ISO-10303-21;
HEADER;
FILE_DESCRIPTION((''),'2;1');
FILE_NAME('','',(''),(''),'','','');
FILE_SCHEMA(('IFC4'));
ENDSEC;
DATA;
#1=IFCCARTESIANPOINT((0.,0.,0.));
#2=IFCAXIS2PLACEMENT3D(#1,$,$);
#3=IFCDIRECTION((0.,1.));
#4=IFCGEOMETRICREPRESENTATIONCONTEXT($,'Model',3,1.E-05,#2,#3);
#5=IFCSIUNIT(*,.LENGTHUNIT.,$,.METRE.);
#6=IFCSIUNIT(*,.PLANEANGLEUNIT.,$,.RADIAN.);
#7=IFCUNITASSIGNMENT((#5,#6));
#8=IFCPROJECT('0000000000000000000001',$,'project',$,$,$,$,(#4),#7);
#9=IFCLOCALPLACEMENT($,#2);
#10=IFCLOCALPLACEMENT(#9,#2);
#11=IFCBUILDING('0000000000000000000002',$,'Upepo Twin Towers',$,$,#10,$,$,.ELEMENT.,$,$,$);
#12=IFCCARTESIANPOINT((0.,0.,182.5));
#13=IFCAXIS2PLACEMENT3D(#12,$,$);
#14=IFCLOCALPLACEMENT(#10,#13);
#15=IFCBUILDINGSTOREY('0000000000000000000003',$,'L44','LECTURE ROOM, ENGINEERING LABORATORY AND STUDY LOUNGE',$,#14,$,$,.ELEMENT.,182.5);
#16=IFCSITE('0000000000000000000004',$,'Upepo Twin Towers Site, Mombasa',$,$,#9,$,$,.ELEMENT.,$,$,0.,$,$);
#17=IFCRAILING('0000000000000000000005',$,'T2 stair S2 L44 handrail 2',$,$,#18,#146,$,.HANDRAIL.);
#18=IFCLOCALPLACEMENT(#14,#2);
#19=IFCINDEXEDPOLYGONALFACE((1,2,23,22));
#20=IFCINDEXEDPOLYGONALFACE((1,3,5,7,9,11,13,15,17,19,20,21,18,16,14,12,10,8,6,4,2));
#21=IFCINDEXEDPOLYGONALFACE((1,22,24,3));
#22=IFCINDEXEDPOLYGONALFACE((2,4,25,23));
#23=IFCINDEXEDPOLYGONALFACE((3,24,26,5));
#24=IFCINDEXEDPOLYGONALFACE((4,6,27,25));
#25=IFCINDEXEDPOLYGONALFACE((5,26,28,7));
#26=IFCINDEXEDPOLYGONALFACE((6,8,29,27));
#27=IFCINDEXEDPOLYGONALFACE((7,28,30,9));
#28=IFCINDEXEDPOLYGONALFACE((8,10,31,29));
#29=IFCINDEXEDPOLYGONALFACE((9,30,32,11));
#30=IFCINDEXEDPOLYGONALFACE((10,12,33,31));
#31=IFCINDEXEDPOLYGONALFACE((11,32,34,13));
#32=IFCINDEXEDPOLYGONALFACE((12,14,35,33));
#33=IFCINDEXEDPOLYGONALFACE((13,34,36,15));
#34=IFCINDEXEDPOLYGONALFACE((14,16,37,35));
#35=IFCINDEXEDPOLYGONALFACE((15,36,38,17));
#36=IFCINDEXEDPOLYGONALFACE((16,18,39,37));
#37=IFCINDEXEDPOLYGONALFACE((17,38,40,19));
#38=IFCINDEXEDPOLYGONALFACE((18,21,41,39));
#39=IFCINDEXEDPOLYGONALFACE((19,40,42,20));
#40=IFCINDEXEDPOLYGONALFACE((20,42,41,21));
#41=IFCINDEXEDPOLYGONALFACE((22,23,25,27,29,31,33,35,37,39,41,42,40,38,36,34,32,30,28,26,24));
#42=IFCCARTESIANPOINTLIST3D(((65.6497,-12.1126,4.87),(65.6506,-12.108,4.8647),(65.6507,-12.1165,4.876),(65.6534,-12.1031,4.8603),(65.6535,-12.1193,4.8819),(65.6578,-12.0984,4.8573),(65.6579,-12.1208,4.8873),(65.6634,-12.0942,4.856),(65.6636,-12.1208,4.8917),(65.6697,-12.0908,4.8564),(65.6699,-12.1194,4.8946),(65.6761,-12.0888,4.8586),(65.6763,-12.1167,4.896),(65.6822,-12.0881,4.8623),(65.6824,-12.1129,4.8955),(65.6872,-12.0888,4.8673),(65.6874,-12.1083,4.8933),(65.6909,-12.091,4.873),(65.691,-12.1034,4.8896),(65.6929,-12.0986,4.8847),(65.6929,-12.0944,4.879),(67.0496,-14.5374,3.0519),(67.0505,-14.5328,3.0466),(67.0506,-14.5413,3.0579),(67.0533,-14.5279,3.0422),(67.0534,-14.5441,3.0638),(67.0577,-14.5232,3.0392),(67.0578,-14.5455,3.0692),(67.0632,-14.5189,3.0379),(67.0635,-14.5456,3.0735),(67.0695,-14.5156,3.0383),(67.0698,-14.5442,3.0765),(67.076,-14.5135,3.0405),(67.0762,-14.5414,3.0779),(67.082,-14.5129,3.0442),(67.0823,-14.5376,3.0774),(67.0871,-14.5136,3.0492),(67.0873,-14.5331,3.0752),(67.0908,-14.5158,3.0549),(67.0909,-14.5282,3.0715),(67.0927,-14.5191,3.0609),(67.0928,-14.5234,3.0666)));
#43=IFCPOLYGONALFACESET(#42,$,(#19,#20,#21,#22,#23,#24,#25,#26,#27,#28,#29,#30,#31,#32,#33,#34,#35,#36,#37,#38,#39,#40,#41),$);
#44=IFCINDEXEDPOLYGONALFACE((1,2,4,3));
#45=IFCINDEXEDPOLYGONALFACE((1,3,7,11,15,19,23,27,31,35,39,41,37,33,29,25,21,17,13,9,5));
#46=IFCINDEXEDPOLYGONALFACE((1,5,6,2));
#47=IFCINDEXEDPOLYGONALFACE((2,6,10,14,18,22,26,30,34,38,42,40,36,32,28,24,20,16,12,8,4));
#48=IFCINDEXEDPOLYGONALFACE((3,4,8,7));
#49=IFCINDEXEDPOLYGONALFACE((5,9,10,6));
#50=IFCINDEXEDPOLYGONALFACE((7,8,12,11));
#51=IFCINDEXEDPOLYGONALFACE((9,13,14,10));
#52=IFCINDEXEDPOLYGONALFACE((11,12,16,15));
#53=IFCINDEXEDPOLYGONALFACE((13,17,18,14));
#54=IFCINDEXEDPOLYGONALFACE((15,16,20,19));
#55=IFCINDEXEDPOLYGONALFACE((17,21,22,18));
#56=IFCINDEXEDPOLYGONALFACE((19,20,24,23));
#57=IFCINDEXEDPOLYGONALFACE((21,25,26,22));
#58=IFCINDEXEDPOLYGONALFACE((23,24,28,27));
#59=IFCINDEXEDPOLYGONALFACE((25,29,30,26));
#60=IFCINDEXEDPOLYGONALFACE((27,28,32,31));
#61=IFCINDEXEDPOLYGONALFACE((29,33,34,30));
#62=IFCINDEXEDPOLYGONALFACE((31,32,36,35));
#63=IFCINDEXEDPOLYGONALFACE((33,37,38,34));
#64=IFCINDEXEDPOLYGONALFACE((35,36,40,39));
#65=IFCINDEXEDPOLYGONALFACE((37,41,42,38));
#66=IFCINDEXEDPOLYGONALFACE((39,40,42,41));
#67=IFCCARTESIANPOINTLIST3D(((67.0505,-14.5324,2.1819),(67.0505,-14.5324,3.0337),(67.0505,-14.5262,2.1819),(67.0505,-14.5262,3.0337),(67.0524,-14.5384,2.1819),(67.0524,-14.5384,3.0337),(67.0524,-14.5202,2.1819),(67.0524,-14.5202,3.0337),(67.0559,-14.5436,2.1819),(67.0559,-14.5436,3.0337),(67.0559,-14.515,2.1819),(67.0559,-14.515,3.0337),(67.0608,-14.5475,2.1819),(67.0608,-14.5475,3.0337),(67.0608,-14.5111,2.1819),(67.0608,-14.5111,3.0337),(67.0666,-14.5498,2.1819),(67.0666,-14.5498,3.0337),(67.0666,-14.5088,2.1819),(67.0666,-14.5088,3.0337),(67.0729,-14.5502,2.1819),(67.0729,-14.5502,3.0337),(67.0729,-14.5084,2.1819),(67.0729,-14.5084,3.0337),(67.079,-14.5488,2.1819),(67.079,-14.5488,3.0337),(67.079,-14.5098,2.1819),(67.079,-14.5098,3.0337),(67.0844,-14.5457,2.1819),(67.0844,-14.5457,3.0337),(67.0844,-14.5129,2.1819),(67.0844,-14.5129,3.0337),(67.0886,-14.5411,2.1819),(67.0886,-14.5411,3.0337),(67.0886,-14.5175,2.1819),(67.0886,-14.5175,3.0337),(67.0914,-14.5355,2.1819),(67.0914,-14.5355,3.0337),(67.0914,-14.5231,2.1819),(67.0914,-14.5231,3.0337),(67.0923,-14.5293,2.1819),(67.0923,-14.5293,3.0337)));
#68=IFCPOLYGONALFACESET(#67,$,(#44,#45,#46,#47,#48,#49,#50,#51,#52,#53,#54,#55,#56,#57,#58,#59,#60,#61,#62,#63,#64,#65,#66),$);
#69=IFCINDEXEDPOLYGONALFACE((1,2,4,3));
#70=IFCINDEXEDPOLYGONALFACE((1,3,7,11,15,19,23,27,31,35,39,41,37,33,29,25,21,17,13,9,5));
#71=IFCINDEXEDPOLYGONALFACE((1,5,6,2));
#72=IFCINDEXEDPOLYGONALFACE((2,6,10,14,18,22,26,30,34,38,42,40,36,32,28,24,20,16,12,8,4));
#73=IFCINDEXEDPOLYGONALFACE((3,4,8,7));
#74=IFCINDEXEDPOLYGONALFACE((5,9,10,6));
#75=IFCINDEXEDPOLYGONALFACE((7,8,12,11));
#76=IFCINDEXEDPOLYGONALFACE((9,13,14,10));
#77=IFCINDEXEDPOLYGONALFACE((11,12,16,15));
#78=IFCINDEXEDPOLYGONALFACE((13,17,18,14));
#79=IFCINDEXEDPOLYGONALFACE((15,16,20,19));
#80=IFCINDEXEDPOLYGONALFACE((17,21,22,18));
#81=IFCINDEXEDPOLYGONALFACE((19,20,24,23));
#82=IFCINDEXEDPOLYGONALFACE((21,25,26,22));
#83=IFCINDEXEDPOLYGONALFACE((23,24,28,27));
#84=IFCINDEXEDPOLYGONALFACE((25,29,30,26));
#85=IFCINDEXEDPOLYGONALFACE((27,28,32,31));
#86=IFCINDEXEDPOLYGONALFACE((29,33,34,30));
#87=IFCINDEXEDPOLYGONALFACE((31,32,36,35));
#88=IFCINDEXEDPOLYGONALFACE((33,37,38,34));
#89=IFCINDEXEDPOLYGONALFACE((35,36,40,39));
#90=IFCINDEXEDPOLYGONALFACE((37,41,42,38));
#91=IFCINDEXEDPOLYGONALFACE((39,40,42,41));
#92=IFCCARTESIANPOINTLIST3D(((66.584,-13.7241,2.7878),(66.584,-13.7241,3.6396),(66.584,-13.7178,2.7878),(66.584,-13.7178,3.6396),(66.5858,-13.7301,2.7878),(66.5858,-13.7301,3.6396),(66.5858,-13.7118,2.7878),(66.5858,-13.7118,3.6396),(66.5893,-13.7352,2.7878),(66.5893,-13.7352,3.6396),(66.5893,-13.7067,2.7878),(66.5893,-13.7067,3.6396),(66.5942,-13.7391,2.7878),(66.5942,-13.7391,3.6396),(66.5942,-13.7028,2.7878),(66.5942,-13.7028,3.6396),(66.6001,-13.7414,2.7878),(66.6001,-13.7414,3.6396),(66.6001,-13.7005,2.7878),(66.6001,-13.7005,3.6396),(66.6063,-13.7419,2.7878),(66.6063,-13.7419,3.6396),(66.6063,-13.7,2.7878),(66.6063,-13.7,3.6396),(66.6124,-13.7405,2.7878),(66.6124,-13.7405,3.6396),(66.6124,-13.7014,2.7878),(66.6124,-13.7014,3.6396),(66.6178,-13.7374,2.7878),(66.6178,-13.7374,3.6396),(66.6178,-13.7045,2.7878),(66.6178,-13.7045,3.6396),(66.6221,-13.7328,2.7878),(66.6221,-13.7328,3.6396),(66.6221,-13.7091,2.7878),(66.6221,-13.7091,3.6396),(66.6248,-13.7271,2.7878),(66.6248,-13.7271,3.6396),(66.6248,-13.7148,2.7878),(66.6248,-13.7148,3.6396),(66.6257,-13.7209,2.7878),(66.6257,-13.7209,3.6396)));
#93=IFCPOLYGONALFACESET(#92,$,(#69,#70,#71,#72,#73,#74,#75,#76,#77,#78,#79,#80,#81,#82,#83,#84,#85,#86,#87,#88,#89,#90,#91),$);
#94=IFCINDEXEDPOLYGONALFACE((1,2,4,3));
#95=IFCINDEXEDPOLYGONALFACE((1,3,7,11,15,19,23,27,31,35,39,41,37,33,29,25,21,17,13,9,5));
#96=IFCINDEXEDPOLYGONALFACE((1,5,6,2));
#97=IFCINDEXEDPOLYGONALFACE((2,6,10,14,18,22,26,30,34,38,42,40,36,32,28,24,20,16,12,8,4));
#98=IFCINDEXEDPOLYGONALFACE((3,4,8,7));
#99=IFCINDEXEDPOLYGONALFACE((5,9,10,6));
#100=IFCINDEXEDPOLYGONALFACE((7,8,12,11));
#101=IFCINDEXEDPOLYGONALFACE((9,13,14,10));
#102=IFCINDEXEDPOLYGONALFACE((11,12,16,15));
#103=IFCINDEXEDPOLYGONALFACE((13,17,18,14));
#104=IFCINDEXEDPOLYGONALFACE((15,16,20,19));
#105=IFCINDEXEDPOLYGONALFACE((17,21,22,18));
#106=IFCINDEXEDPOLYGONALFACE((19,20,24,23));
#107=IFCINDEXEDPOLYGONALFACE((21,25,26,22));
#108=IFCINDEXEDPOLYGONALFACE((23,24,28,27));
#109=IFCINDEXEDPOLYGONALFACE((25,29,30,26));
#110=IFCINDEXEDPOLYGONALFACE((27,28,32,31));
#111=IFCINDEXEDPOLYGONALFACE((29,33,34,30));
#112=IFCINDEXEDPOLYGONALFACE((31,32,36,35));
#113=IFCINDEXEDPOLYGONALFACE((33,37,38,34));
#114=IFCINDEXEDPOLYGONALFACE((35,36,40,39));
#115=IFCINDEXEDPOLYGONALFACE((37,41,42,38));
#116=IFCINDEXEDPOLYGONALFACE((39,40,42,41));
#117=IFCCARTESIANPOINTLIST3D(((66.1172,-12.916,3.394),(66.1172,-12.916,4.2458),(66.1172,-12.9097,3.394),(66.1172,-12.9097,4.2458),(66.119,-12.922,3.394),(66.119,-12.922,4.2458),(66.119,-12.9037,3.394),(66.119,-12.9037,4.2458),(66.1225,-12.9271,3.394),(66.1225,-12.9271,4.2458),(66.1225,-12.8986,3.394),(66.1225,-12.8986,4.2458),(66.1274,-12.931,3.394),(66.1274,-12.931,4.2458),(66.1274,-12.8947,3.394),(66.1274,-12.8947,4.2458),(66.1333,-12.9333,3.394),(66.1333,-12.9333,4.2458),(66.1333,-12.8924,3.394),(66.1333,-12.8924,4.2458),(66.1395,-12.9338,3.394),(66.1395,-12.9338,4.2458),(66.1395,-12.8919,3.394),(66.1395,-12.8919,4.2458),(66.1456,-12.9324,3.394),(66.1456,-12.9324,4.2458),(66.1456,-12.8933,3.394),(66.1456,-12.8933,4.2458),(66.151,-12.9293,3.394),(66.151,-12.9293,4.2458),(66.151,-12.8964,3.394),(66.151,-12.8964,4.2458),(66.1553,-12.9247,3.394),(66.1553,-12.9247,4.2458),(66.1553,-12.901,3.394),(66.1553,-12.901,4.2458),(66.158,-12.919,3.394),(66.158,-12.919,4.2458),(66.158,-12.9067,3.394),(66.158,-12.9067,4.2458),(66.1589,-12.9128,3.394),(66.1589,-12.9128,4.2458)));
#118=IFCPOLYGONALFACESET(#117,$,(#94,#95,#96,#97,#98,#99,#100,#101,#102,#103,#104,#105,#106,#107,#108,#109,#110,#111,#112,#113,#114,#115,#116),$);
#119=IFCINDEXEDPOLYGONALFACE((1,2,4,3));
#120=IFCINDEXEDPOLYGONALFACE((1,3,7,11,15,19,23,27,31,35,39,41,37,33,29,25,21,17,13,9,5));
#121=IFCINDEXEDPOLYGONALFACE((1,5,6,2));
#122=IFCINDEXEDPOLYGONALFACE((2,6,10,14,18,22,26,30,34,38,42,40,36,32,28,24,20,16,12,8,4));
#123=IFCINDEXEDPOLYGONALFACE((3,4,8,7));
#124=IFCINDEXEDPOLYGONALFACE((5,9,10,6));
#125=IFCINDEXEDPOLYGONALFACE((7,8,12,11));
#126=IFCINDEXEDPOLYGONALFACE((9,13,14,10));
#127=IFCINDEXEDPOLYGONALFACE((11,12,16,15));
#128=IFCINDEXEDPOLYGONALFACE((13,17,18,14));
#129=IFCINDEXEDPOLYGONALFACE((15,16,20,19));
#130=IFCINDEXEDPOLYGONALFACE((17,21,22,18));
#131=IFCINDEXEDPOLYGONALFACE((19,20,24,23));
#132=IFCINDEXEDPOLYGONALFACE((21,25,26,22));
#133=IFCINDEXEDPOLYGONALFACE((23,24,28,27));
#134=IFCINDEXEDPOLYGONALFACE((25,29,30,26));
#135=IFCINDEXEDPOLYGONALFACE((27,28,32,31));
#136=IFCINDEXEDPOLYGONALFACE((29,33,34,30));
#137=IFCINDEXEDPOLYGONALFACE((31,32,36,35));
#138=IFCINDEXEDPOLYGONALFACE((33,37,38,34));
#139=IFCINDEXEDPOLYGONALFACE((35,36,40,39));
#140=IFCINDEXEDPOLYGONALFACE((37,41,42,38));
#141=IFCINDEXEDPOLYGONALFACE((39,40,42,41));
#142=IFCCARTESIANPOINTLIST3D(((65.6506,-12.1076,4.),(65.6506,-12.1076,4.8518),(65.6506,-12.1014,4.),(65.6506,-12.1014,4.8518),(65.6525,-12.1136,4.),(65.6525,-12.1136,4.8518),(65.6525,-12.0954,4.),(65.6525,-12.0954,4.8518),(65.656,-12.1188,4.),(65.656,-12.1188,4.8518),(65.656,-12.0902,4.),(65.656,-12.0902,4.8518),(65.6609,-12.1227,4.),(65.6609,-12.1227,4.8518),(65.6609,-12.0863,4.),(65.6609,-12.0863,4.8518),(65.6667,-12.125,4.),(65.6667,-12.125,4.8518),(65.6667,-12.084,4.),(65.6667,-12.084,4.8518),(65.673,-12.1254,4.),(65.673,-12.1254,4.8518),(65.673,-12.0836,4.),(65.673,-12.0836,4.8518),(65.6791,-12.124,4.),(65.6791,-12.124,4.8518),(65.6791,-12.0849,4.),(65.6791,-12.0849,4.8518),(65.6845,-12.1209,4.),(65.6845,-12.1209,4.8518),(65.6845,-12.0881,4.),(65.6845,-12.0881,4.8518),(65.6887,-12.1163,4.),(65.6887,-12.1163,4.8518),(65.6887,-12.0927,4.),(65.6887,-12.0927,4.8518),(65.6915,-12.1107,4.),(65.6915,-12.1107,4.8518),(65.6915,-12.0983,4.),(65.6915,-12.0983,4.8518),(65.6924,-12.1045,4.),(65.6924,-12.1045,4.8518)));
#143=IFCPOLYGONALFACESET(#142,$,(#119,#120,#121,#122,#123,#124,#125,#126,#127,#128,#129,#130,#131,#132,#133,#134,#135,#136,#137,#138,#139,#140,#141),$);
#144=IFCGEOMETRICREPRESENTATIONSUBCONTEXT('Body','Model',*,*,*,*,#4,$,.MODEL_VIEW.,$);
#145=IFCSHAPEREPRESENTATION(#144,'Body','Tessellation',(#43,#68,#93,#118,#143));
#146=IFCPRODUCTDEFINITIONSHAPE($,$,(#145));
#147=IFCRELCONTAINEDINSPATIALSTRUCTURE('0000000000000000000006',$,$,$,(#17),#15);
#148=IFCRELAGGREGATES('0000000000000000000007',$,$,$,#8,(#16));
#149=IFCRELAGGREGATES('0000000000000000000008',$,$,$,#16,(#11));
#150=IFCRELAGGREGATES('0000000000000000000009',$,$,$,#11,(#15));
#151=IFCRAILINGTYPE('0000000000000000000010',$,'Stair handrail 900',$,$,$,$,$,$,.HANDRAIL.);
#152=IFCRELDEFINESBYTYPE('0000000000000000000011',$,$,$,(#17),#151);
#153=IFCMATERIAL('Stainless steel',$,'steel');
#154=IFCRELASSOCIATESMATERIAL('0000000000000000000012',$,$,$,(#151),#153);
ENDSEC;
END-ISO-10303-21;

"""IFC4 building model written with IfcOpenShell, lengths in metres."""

from ifc_helpers import new_model, si_unit, direction, frame, origin, origin_2d, place, context, subcontext, project, spatial, circle, extrude, material, type_object, element, save


model = new_model("IFC4")

# Units and contexts
model_context = context("Model", 3, precision=1e-05, world=origin(), true_north=direction((0.0, 1.0)))
body_context = subcontext(model_context, "Body", "Model", "MODEL_VIEW")
ifc_project = project(units=[si_unit("LENGTHUNIT", "METRE"), si_unit("PLANEANGLEUNIT", "RADIAN")], contexts=[model_context])

# Site, building, storey
site_placement = place(None, origin())
site = spatial("IfcSite", under=ifc_project, at=site_placement, Name="Upepo Twin Towers Site, Mombasa", CompositionType="ELEMENT", RefElevation=0.0)
building_placement = place(site_placement, origin())
building = spatial("IfcBuilding", under=site, at=building_placement, Name="Upepo Twin Towers", CompositionType="ELEMENT")
storey_placement = place(building_placement, frame((0.0, 0.0, 182.5)))
storey = spatial("IfcBuildingStorey", under=building, at=storey_placement, Name="L44", Description="LECTURE ROOM, ENGINEERING LABORATORY AND STUDY LOUNGE", CompositionType="ELEMENT", Elevation=182.5)

# Railing
ifc_material_1 = material(Name="Stainless steel", Category="steel")
railing_type = type_object("IfcRailingType", Name="Stair handrail 900", PredefinedType="HANDRAIL", material=ifc_material_1)
railing_1_placement = place(storey_placement, frame((67.0713, -14.5293, 2.1819)))
element("IfcRailing", 1, at=railing_1_placement, inside=storey, type_object=railing_type, Name="T2 stair S2 L44 handrail 2", PredefinedType="HANDRAIL", context=body_context, shape_type="SweptSolid", body=[
    extrude(circle(Radius=0.0239, at=origin_2d()), frame((0.0, 0.0, 0.876), z_axis=(-0.419333, 0.726336, 0.544606), x_axis=(-0.866035, -0.499984, 0.0)), (0.0, 0.0, 1.0), 3.3384),
    extrude(circle(Radius=0.021, at=origin_2d()), origin(), (0.0, 0.0, 1.0), 0.8518),
    extrude(circle(Radius=0.021, at=origin_2d()), frame((-0.4666, 0.8083, 0.606)), (0.0, 0.0, 1.0), 0.8518),
    extrude(circle(Radius=0.021, at=origin_2d()), frame((-0.9333, 1.6165, 1.2122)), (0.0, 0.0, 1.0), 0.8518),
    extrude(circle(Radius=0.021, at=origin_2d()), frame((-1.3999, 2.4248, 1.8181)), (0.0, 0.0, 1.0), 0.8518),
])

save(model, "model.ifc")
